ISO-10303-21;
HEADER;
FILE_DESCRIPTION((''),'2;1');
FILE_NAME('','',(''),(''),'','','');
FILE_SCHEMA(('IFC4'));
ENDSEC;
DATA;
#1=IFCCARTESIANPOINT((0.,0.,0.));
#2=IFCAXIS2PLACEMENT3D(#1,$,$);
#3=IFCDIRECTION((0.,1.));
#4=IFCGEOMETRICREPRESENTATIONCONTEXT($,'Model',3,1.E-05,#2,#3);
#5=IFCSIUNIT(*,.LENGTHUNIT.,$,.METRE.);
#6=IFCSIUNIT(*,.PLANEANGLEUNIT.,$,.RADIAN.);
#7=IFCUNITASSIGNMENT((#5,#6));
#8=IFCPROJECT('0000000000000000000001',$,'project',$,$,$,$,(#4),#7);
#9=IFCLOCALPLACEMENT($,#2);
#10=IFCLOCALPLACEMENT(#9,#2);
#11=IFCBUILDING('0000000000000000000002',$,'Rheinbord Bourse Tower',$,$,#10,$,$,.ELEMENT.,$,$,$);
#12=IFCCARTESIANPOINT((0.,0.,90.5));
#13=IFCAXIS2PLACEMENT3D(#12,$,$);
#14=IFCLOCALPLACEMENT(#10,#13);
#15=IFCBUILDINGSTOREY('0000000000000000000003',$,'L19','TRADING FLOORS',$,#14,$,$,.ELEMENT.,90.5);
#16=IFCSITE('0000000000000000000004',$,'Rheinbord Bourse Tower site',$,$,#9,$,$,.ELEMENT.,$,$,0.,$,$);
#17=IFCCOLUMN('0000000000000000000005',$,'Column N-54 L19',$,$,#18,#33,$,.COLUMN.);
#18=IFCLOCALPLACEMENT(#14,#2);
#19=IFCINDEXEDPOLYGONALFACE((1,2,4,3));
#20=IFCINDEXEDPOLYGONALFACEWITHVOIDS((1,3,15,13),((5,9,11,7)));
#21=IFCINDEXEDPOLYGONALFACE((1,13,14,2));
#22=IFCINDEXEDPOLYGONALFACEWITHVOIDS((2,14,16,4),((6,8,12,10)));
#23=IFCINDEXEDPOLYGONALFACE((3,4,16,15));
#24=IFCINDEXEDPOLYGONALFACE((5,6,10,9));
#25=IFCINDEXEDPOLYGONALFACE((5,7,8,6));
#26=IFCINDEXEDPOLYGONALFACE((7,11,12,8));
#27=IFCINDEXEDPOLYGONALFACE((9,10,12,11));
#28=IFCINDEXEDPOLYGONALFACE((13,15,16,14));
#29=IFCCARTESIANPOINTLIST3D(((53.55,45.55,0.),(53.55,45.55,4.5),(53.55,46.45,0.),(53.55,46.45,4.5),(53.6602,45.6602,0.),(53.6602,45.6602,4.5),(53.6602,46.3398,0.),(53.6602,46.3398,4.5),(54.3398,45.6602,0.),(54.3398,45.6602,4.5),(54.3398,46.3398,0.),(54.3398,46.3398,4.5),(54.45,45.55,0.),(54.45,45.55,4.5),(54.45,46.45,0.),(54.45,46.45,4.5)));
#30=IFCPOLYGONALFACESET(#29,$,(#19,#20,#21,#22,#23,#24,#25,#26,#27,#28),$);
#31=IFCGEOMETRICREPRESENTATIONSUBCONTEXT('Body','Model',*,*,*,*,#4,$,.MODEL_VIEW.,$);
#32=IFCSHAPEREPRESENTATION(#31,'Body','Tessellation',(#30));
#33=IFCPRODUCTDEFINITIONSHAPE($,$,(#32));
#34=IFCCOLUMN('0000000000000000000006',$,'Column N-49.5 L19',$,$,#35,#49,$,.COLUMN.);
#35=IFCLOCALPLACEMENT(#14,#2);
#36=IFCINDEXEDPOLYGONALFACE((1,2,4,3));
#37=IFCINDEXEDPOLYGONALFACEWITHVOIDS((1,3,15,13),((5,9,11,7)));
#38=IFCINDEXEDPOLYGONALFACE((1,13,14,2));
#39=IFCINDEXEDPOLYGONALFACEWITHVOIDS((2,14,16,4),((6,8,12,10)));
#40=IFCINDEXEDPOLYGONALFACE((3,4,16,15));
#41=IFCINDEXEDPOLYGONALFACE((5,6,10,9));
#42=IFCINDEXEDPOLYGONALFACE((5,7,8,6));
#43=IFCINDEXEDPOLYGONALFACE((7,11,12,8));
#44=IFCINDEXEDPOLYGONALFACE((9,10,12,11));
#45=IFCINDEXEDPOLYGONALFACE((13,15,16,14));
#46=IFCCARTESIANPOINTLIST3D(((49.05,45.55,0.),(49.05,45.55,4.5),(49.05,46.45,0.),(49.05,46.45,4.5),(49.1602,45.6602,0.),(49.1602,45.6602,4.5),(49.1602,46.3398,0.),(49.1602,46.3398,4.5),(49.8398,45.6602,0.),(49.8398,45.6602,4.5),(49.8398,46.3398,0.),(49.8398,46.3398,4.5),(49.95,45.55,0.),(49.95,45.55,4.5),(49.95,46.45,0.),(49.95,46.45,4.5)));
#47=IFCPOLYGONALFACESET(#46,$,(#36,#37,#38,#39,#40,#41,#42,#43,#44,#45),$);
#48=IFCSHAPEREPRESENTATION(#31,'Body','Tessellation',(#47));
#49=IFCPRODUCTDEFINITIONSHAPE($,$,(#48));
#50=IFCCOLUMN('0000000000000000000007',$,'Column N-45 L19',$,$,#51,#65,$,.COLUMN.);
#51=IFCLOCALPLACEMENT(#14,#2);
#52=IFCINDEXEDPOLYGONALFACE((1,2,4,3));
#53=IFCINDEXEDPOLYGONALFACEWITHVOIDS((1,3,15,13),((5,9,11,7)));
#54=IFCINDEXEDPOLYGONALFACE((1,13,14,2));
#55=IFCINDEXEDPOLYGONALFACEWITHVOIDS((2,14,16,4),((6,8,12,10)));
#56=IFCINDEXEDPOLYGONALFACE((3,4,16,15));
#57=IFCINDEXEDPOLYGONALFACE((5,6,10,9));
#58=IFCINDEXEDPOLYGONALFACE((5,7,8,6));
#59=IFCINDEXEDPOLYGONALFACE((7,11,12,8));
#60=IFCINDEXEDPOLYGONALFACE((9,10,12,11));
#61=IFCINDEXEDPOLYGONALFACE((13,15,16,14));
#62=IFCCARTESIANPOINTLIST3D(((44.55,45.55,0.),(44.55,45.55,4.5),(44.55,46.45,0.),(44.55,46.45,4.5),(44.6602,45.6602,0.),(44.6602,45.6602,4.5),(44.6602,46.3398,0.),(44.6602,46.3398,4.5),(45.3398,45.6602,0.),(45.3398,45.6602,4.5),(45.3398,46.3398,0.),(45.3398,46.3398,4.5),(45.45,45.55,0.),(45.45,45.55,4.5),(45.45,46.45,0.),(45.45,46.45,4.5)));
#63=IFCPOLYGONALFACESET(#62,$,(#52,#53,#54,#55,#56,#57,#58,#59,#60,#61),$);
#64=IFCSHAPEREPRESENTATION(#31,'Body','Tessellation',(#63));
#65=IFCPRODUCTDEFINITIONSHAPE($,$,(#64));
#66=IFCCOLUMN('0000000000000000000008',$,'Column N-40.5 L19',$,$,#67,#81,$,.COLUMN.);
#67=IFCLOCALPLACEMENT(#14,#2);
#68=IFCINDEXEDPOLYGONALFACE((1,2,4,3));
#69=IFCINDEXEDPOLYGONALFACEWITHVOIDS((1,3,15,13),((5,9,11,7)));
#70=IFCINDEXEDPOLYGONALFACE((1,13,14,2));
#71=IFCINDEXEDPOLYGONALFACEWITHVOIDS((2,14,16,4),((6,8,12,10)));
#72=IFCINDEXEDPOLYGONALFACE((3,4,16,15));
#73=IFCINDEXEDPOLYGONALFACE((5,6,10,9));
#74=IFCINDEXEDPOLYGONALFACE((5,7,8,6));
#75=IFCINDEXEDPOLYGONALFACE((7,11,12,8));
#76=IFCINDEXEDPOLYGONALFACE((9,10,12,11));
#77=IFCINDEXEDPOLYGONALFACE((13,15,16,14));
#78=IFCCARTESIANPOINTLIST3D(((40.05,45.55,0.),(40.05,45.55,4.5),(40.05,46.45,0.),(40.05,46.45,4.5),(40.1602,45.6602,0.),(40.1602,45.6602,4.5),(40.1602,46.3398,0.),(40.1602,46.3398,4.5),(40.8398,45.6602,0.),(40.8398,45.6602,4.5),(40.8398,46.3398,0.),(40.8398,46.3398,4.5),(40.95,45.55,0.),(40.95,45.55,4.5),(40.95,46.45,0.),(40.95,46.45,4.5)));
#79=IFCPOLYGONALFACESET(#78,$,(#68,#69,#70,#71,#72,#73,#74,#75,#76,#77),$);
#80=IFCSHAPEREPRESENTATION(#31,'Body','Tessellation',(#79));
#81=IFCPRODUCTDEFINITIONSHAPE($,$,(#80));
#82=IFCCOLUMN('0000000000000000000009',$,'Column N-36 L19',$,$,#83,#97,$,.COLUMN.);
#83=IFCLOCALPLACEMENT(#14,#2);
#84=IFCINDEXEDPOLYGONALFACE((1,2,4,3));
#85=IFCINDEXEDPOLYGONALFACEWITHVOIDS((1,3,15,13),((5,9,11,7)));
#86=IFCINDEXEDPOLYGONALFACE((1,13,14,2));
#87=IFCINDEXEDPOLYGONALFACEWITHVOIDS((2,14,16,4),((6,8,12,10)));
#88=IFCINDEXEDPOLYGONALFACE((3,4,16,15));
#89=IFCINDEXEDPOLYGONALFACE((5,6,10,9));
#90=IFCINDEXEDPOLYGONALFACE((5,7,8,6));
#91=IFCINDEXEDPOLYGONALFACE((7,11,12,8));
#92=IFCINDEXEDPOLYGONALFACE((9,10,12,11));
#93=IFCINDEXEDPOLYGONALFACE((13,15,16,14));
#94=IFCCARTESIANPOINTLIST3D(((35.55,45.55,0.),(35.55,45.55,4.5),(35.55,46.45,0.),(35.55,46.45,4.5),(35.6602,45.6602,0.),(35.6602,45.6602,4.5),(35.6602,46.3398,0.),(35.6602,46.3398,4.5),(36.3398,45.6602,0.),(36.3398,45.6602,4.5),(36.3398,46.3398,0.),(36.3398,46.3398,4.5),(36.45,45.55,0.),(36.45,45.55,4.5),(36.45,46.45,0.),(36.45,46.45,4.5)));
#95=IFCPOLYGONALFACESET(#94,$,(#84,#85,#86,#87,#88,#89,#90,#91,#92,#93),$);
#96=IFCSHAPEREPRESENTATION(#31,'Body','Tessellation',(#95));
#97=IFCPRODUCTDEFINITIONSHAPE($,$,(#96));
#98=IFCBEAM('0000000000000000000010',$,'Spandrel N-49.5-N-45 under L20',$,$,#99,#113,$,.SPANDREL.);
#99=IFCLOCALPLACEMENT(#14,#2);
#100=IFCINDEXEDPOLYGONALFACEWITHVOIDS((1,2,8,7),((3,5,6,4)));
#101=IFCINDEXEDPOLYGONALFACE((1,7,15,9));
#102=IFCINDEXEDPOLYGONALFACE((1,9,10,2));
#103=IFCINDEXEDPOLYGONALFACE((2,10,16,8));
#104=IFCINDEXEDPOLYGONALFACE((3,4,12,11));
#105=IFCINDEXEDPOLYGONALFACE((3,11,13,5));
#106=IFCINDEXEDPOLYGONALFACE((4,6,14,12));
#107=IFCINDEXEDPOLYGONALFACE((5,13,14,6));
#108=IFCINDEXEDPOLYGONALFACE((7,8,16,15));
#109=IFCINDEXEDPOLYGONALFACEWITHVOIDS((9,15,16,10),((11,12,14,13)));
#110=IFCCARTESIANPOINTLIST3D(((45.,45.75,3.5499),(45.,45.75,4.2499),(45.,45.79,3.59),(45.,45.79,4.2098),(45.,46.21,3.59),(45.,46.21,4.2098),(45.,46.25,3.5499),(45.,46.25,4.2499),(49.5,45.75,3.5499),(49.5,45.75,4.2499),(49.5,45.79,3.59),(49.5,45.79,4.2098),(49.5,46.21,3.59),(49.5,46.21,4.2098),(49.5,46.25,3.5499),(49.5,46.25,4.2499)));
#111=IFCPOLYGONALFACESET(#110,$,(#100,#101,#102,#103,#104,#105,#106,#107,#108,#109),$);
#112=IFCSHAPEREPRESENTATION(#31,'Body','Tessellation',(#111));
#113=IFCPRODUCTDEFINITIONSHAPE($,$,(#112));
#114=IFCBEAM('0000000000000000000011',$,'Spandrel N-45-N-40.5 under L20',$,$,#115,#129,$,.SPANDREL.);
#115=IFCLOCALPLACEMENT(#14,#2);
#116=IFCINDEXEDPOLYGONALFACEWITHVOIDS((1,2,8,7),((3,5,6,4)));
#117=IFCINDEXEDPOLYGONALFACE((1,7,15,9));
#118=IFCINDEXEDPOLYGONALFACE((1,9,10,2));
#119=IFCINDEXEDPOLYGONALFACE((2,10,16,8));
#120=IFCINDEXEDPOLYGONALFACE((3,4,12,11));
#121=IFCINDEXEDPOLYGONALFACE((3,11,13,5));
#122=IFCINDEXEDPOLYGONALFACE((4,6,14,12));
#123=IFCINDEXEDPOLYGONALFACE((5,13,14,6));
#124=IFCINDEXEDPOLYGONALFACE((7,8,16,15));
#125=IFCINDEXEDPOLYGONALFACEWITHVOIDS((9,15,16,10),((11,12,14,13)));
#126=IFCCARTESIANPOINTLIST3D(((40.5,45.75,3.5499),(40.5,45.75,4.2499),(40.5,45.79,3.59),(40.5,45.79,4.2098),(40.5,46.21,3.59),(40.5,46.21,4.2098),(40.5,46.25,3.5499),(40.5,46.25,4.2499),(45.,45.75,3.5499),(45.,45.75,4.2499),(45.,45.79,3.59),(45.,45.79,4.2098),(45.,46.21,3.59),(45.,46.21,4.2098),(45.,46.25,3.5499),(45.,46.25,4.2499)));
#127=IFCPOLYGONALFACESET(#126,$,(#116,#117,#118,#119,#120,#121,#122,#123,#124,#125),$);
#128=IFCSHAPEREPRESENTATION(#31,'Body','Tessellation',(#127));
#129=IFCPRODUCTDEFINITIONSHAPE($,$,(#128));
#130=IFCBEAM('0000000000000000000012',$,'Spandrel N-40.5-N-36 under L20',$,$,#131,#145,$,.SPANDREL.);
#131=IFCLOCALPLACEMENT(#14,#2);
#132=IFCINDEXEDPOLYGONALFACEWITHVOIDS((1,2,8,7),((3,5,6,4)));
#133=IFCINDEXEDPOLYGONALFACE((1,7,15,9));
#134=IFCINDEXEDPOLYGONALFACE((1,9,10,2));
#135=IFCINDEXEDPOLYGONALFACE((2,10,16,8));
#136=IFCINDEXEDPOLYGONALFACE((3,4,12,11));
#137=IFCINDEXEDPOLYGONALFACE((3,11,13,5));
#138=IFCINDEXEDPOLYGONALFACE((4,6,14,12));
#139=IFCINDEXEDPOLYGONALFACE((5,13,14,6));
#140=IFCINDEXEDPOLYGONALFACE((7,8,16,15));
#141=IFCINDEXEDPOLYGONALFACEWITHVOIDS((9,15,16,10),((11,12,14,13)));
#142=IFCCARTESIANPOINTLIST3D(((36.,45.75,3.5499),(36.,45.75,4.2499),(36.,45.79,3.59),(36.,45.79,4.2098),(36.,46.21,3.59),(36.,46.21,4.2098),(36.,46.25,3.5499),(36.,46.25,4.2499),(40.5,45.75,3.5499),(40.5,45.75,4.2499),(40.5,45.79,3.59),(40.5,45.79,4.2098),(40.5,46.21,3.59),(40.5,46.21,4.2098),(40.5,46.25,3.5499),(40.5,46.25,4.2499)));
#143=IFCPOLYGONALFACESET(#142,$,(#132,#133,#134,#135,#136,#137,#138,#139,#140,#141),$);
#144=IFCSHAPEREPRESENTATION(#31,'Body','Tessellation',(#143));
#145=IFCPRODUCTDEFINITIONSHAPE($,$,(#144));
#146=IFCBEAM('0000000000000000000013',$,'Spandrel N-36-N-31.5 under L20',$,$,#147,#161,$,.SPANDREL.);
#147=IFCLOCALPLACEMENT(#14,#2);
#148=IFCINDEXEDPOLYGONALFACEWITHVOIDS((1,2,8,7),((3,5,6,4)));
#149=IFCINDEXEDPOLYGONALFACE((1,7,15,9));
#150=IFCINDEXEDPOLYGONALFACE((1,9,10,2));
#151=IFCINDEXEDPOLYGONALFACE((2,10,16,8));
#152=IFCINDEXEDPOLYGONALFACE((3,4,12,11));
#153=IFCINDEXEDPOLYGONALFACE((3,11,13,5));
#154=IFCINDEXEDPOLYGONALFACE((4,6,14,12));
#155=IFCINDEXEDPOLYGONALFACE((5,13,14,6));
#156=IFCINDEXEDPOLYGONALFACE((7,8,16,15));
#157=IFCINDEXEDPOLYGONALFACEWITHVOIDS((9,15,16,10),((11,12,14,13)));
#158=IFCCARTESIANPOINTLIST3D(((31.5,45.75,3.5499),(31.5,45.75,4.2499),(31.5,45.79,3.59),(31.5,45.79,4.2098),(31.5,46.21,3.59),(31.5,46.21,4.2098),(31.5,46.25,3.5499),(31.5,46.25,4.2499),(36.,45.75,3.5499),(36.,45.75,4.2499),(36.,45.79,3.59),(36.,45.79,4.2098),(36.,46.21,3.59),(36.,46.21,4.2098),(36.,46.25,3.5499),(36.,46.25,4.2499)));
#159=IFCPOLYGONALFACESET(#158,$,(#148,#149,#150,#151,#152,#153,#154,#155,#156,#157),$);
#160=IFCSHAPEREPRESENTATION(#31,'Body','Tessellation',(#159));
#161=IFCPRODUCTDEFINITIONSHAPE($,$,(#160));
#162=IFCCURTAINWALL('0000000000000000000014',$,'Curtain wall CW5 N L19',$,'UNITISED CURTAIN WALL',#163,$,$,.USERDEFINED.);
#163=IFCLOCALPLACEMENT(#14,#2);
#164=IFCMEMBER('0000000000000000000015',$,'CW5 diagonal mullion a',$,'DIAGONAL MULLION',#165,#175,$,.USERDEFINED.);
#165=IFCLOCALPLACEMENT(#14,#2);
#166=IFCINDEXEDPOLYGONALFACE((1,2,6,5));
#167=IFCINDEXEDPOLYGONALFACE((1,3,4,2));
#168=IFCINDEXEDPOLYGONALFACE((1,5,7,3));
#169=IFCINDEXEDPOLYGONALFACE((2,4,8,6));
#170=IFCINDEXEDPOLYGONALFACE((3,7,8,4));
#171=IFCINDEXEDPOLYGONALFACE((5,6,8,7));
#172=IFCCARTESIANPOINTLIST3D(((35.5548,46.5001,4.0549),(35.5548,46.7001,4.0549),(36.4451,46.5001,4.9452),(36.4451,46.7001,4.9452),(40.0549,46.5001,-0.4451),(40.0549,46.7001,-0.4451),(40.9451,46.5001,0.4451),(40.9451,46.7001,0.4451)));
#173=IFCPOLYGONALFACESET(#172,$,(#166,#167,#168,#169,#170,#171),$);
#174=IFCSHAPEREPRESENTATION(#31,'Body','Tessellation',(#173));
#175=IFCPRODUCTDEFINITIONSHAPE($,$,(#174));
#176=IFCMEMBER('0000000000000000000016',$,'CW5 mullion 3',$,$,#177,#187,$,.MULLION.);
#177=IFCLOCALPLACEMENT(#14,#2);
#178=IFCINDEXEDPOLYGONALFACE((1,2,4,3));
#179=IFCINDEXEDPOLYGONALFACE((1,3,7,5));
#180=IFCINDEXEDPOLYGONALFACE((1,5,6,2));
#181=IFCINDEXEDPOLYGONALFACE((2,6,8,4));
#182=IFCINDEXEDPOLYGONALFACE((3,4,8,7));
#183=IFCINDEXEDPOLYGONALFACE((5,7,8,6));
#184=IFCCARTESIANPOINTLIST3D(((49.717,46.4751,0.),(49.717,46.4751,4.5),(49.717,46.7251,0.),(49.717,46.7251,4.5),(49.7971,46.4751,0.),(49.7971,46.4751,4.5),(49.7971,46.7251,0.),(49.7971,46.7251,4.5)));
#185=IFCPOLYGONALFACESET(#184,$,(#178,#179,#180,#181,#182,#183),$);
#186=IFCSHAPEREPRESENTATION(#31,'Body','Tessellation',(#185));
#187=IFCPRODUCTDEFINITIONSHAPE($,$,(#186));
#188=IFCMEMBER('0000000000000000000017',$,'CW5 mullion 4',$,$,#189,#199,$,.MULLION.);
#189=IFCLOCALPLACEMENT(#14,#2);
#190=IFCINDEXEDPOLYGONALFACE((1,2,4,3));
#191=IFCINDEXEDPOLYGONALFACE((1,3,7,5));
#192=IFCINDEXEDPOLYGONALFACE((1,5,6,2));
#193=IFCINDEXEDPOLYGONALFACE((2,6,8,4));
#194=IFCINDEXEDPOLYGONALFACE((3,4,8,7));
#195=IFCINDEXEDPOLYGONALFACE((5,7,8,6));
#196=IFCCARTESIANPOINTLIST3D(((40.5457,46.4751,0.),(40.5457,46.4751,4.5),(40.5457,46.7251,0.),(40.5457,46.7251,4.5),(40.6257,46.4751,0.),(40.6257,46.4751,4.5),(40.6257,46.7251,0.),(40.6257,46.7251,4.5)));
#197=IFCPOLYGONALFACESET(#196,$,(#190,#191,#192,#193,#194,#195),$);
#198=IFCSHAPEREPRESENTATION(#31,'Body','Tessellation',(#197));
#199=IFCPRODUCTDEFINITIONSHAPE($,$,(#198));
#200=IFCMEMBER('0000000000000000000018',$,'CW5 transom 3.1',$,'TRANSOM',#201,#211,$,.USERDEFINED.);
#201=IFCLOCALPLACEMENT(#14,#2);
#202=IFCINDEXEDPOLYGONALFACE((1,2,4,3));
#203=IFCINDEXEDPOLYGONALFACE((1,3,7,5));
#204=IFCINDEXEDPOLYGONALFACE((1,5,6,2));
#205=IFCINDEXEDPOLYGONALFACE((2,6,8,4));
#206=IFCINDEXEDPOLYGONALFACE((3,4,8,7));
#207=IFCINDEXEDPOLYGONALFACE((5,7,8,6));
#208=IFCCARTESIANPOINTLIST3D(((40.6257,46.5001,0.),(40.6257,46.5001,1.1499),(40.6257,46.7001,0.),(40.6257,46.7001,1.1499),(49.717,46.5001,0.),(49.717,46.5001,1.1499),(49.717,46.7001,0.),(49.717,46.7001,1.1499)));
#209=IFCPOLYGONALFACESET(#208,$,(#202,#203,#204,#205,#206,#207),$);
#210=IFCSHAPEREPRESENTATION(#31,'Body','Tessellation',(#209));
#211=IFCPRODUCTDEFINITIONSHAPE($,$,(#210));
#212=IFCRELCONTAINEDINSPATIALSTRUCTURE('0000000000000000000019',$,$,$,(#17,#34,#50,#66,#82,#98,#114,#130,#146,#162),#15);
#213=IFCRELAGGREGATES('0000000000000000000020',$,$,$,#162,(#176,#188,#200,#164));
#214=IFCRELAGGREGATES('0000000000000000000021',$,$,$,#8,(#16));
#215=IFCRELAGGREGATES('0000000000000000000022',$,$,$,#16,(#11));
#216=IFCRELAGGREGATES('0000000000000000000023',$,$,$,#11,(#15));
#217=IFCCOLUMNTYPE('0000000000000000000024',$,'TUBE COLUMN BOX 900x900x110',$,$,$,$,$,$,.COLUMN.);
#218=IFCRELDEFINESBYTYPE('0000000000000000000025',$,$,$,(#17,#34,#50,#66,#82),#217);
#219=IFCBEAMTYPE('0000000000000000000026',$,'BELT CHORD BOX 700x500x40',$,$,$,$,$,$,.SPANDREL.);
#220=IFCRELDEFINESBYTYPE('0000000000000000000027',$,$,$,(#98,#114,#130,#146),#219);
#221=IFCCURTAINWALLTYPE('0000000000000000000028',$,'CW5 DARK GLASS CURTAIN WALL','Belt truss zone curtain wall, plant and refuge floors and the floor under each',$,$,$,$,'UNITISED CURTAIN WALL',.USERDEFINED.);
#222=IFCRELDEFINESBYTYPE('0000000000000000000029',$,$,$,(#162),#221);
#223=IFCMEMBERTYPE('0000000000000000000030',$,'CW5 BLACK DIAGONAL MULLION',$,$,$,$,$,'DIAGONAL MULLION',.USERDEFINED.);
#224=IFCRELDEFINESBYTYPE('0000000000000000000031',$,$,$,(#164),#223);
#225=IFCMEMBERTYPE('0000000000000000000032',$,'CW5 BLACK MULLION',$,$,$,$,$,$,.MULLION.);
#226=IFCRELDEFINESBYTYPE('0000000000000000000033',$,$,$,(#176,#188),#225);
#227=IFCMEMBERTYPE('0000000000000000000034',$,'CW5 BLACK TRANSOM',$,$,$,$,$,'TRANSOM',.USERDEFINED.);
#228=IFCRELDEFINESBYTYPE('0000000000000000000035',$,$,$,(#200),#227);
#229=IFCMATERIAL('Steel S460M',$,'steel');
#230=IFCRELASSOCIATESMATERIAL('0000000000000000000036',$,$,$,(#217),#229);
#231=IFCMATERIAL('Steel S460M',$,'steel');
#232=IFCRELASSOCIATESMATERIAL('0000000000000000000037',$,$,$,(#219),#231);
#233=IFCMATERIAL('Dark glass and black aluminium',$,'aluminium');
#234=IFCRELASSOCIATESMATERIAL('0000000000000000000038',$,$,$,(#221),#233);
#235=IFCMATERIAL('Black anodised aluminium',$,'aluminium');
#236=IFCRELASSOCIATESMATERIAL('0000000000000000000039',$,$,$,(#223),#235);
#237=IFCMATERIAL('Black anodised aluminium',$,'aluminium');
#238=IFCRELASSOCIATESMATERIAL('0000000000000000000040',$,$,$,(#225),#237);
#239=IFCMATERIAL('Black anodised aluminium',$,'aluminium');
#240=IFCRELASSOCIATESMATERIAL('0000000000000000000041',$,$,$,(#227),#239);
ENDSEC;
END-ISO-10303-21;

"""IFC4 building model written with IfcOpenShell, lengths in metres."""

from ifc_helpers import new_model, si_unit, direction, frame, origin, origin_2d, place, context, subcontext, project, spatial, rectangle, hollow_rectangle, extrude, material, material_profile, profile_set, type_object, element, aggregate, save


model = new_model("IFC4")

# Units and contexts
model_context = context("Model", 3, precision=1e-05, world=origin(), true_north=direction((0.0, 1.0)))
body_context = subcontext(model_context, "Body", "Model", "MODEL_VIEW")
ifc_project = project(units=[si_unit("LENGTHUNIT", "METRE"), si_unit("PLANEANGLEUNIT", "RADIAN")], contexts=[model_context])

# Site, building, storey
site_placement = place(None, origin())
site = spatial("IfcSite", under=ifc_project, at=site_placement, Name="Rheinbord Bourse Tower site", CompositionType="ELEMENT", RefElevation=0.0)
building_placement = place(site_placement, origin())
building = spatial("IfcBuilding", under=site, at=building_placement, Name="Rheinbord Bourse Tower", CompositionType="ELEMENT")
storey_placement = place(building_placement, frame((0.0, 0.0, 90.5)))
storey = spatial("IfcBuildingStorey", under=building, at=storey_placement, Name="L19", Description="TRADING FLOORS", CompositionType="ELEMENT", Elevation=90.5)

# Columns
ifc_material_1 = material(Name="Steel S460M", Category="steel")
ifc_material_profile_1 = material_profile(ifc_material_1, hollow_rectangle(XDim=0.8999, YDim=0.8999, WallThickness=0.1101, at=origin_2d()), Name="BOX 900x900x110")
ifc_profile_set_1 = profile_set([ifc_material_profile_1], Name="Steel S460M")
column_type = type_object("IfcColumnType", Name="TUBE COLUMN BOX 900x900x110", PredefinedType="COLUMN", material=ifc_profile_set_1)
for number, where, z_axis, x_axis, name in (
    (1, (54.0, 46.0, 0.0), (0.0, 0.0, 1.0), (0.0, 1.0, 0.0), "Column N-54 L19"),
    (2, (49.5, 46.0, 0.0), (0.0, 0.0, 1.0), (0.0, 1.0, 0.0), "Column N-49.5 L19"),
    (3, (45.0, 46.0, 0.0), (0.0, 0.0, 1.0), (0.0, 1.0, 0.0), "Column N-45 L19"),
    (4, (40.5, 46.0, 0.0), (0.0, 0.0, 1.0), (0.0, 1.0, 0.0), "Column N-40.5 L19"),
    (5, (36.0, 46.0, 0.0), (0.0, 0.0, 1.0), (0.0, 1.0, 0.0), "Column N-36 L19"),
):
    element("IfcColumn", number, at=place(storey_placement, frame(where, z_axis=z_axis, x_axis=x_axis)), inside=storey, type_object=column_type, Name=name, PredefinedType="COLUMN", context=body_context, shape_type="SweptSolid", body=[
        extrude(hollow_rectangle(XDim=0.8999, YDim=0.8999, WallThickness=0.1101, at=origin_2d()), origin(), (0.0, 0.0, 1.0), 4.5),
    ])

# Beams
ifc_material_2 = material(Name="Steel S460M", Category="steel")
ifc_material_profile_2 = material_profile(ifc_material_2, hollow_rectangle(XDim=0.5, YDim=0.7, WallThickness=0.04, at=origin_2d()), Name="BOX 700x500x40")
ifc_profile_set_2 = profile_set([ifc_material_profile_2], Name="Steel S460M")
beam_type_1 = type_object("IfcBeamType", Name="BELT CHORD BOX 700x500x40", PredefinedType="SPANDREL", material=ifc_profile_set_2)
for number, where, z_axis, x_axis, name in (
    (6, (49.5, 46.0, 3.8999), (-1.0, 0.0, 0.0), (0.0, -1.0, 0.0), "Spandrel N-49.5-N-45 under L20"),
    (7, (45.0, 46.0, 3.8999), (-1.0, 0.0, 0.0), (0.0, -1.0, 0.0), "Spandrel N-45-N-40.5 under L20"),
    (8, (40.5, 46.0, 3.8999), (-1.0, 0.0, 0.0), (0.0, -1.0, 0.0), "Spandrel N-40.5-N-36 under L20"),
    (9, (36.0, 46.0, 3.8999), (-1.0, 0.0, 0.0), (0.0, -1.0, 0.0), "Spandrel N-36-N-31.5 under L20"),
):
    element("IfcBeam", number, at=place(storey_placement, frame(where, z_axis=z_axis, x_axis=x_axis)), inside=storey, type_object=beam_type_1, Name=name, PredefinedType="SPANDREL", context=body_context, shape_type="SweptSolid", body=[
        extrude(hollow_rectangle(XDim=0.5, YDim=0.7, WallThickness=0.04, at=origin_2d()), origin(), (0.0, 0.0, 1.0), 4.5),
    ])

# Curtain wall, members
ifc_material_3 = material(Name="Dark glass and black aluminium", Category="aluminium")
curtain_wall_type = type_object("IfcCurtainWallType", Name="CW5 DARK GLASS CURTAIN WALL", Description="Belt truss zone curtain wall, plant and refuge floors and the floor under each", ElementType="UNITISED CURTAIN WALL", PredefinedType="USERDEFINED", material=ifc_material_3)
curtain_wall_placement = place(storey_placement, origin())
curtain_wall = element("IfcCurtainWall", 10, at=curtain_wall_placement, inside=storey, type_object=curtain_wall_type, Name="Curtain wall CW5 N L19", ObjectType="UNITISED CURTAIN WALL", PredefinedType="USERDEFINED")
ifc_material_4 = material(Name="Black anodised aluminium", Category="aluminium")
ifc_material_profile_3 = material_profile(ifc_material_4, rectangle(XDim=0.2, YDim=1.259, at=origin_2d()), Name="CW5 DIAGONAL MULLION 1259x200")
ifc_profile_set_3 = profile_set([ifc_material_profile_3], Name="Black anodised aluminium")
member_type_1 = type_object("IfcMemberType", Name="CW5 BLACK DIAGONAL MULLION", ElementType="DIAGONAL MULLION", PredefinedType="USERDEFINED", material=ifc_profile_set_3)
member_1_placement = place(storey_placement, frame((40.5, 46.6001, 0.0), z_axis=(-0.707107, 0.0, 0.707107), x_axis=(0.0, -1.0, 0.0)))
member_1 = element("IfcMember", 11, at=member_1_placement, type_object=member_type_1, Name="CW5 diagonal mullion a", ObjectType="DIAGONAL MULLION", PredefinedType="USERDEFINED", context=body_context, shape_type="SweptSolid", body=[
    extrude(rectangle(XDim=0.2, YDim=1.259, at=origin_2d()), origin(), (0.0, 0.0, 1.0), 6.364),
])
ifc_material_5 = material(Name="Black anodised aluminium", Category="aluminium")
ifc_material_profile_4 = material_profile(ifc_material_5, rectangle(XDim=0.25, YDim=0.0801, at=origin_2d()), Name="CW5 MULLION 80x250")
ifc_profile_set_4 = profile_set([ifc_material_profile_4], Name="Black anodised aluminium")
member_type_2 = type_object("IfcMemberType", Name="CW5 BLACK MULLION", PredefinedType="MULLION", material=ifc_profile_set_4)
member_2_placement = place(storey_placement, frame((49.7571, 46.6001, 0.0), z_axis=(0.0, 0.0, 1.0), x_axis=(0.0, -1.0, 0.0)))
member_2 = element("IfcMember", 12, at=member_2_placement, type_object=member_type_2, Name="CW5 mullion 3", PredefinedType="MULLION", context=body_context, shape_type="SweptSolid", body=[
    extrude(rectangle(XDim=0.25, YDim=0.0801, at=origin_2d()), origin(), (0.0, 0.0, 1.0), 4.5),
])
member_3_placement = place(storey_placement, frame((40.5857, 46.6001, 0.0), z_axis=(0.0, 0.0, 1.0), x_axis=(0.0, -1.0, 0.0)))
member_3 = element("IfcMember", 13, at=member_3_placement, type_object=member_type_2, Name="CW5 mullion 4", PredefinedType="MULLION", context=body_context, shape_type="SweptSolid", body=[
    extrude(rectangle(XDim=0.25, YDim=0.0801, at=origin_2d()), origin(), (0.0, 0.0, 1.0), 4.5),
])
ifc_material_6 = material(Name="Black anodised aluminium", Category="aluminium")
ifc_material_profile_5 = material_profile(ifc_material_6, rectangle(XDim=0.2, YDim=1.1499, at=origin_2d()), Name="CW5 TRANSOM 1150x200")
ifc_profile_set_5 = profile_set([ifc_material_profile_5], Name="Black anodised aluminium")
member_type_3 = type_object("IfcMemberType", Name="CW5 BLACK TRANSOM", ElementType="TRANSOM", PredefinedType="USERDEFINED", material=ifc_profile_set_5)
member_4_placement = place(storey_placement, frame((49.717, 46.6001, 0.575), z_axis=(-1.0, 0.0, 0.0), x_axis=(0.0, -1.0, 0.0)))
member_4 = element("IfcMember", 14, at=member_4_placement, type_object=member_type_3, Name="CW5 transom 3.1", ObjectType="TRANSOM", PredefinedType="USERDEFINED", context=body_context, shape_type="SweptSolid", body=[
    extrude(rectangle(XDim=0.2, YDim=1.1499, at=origin_2d()), origin(), (0.0, 0.0, 1.0), 9.0913),
])

aggregate(curtain_wall, [member_2, member_3, member_4, member_1])

save(model, "model.ifc")
